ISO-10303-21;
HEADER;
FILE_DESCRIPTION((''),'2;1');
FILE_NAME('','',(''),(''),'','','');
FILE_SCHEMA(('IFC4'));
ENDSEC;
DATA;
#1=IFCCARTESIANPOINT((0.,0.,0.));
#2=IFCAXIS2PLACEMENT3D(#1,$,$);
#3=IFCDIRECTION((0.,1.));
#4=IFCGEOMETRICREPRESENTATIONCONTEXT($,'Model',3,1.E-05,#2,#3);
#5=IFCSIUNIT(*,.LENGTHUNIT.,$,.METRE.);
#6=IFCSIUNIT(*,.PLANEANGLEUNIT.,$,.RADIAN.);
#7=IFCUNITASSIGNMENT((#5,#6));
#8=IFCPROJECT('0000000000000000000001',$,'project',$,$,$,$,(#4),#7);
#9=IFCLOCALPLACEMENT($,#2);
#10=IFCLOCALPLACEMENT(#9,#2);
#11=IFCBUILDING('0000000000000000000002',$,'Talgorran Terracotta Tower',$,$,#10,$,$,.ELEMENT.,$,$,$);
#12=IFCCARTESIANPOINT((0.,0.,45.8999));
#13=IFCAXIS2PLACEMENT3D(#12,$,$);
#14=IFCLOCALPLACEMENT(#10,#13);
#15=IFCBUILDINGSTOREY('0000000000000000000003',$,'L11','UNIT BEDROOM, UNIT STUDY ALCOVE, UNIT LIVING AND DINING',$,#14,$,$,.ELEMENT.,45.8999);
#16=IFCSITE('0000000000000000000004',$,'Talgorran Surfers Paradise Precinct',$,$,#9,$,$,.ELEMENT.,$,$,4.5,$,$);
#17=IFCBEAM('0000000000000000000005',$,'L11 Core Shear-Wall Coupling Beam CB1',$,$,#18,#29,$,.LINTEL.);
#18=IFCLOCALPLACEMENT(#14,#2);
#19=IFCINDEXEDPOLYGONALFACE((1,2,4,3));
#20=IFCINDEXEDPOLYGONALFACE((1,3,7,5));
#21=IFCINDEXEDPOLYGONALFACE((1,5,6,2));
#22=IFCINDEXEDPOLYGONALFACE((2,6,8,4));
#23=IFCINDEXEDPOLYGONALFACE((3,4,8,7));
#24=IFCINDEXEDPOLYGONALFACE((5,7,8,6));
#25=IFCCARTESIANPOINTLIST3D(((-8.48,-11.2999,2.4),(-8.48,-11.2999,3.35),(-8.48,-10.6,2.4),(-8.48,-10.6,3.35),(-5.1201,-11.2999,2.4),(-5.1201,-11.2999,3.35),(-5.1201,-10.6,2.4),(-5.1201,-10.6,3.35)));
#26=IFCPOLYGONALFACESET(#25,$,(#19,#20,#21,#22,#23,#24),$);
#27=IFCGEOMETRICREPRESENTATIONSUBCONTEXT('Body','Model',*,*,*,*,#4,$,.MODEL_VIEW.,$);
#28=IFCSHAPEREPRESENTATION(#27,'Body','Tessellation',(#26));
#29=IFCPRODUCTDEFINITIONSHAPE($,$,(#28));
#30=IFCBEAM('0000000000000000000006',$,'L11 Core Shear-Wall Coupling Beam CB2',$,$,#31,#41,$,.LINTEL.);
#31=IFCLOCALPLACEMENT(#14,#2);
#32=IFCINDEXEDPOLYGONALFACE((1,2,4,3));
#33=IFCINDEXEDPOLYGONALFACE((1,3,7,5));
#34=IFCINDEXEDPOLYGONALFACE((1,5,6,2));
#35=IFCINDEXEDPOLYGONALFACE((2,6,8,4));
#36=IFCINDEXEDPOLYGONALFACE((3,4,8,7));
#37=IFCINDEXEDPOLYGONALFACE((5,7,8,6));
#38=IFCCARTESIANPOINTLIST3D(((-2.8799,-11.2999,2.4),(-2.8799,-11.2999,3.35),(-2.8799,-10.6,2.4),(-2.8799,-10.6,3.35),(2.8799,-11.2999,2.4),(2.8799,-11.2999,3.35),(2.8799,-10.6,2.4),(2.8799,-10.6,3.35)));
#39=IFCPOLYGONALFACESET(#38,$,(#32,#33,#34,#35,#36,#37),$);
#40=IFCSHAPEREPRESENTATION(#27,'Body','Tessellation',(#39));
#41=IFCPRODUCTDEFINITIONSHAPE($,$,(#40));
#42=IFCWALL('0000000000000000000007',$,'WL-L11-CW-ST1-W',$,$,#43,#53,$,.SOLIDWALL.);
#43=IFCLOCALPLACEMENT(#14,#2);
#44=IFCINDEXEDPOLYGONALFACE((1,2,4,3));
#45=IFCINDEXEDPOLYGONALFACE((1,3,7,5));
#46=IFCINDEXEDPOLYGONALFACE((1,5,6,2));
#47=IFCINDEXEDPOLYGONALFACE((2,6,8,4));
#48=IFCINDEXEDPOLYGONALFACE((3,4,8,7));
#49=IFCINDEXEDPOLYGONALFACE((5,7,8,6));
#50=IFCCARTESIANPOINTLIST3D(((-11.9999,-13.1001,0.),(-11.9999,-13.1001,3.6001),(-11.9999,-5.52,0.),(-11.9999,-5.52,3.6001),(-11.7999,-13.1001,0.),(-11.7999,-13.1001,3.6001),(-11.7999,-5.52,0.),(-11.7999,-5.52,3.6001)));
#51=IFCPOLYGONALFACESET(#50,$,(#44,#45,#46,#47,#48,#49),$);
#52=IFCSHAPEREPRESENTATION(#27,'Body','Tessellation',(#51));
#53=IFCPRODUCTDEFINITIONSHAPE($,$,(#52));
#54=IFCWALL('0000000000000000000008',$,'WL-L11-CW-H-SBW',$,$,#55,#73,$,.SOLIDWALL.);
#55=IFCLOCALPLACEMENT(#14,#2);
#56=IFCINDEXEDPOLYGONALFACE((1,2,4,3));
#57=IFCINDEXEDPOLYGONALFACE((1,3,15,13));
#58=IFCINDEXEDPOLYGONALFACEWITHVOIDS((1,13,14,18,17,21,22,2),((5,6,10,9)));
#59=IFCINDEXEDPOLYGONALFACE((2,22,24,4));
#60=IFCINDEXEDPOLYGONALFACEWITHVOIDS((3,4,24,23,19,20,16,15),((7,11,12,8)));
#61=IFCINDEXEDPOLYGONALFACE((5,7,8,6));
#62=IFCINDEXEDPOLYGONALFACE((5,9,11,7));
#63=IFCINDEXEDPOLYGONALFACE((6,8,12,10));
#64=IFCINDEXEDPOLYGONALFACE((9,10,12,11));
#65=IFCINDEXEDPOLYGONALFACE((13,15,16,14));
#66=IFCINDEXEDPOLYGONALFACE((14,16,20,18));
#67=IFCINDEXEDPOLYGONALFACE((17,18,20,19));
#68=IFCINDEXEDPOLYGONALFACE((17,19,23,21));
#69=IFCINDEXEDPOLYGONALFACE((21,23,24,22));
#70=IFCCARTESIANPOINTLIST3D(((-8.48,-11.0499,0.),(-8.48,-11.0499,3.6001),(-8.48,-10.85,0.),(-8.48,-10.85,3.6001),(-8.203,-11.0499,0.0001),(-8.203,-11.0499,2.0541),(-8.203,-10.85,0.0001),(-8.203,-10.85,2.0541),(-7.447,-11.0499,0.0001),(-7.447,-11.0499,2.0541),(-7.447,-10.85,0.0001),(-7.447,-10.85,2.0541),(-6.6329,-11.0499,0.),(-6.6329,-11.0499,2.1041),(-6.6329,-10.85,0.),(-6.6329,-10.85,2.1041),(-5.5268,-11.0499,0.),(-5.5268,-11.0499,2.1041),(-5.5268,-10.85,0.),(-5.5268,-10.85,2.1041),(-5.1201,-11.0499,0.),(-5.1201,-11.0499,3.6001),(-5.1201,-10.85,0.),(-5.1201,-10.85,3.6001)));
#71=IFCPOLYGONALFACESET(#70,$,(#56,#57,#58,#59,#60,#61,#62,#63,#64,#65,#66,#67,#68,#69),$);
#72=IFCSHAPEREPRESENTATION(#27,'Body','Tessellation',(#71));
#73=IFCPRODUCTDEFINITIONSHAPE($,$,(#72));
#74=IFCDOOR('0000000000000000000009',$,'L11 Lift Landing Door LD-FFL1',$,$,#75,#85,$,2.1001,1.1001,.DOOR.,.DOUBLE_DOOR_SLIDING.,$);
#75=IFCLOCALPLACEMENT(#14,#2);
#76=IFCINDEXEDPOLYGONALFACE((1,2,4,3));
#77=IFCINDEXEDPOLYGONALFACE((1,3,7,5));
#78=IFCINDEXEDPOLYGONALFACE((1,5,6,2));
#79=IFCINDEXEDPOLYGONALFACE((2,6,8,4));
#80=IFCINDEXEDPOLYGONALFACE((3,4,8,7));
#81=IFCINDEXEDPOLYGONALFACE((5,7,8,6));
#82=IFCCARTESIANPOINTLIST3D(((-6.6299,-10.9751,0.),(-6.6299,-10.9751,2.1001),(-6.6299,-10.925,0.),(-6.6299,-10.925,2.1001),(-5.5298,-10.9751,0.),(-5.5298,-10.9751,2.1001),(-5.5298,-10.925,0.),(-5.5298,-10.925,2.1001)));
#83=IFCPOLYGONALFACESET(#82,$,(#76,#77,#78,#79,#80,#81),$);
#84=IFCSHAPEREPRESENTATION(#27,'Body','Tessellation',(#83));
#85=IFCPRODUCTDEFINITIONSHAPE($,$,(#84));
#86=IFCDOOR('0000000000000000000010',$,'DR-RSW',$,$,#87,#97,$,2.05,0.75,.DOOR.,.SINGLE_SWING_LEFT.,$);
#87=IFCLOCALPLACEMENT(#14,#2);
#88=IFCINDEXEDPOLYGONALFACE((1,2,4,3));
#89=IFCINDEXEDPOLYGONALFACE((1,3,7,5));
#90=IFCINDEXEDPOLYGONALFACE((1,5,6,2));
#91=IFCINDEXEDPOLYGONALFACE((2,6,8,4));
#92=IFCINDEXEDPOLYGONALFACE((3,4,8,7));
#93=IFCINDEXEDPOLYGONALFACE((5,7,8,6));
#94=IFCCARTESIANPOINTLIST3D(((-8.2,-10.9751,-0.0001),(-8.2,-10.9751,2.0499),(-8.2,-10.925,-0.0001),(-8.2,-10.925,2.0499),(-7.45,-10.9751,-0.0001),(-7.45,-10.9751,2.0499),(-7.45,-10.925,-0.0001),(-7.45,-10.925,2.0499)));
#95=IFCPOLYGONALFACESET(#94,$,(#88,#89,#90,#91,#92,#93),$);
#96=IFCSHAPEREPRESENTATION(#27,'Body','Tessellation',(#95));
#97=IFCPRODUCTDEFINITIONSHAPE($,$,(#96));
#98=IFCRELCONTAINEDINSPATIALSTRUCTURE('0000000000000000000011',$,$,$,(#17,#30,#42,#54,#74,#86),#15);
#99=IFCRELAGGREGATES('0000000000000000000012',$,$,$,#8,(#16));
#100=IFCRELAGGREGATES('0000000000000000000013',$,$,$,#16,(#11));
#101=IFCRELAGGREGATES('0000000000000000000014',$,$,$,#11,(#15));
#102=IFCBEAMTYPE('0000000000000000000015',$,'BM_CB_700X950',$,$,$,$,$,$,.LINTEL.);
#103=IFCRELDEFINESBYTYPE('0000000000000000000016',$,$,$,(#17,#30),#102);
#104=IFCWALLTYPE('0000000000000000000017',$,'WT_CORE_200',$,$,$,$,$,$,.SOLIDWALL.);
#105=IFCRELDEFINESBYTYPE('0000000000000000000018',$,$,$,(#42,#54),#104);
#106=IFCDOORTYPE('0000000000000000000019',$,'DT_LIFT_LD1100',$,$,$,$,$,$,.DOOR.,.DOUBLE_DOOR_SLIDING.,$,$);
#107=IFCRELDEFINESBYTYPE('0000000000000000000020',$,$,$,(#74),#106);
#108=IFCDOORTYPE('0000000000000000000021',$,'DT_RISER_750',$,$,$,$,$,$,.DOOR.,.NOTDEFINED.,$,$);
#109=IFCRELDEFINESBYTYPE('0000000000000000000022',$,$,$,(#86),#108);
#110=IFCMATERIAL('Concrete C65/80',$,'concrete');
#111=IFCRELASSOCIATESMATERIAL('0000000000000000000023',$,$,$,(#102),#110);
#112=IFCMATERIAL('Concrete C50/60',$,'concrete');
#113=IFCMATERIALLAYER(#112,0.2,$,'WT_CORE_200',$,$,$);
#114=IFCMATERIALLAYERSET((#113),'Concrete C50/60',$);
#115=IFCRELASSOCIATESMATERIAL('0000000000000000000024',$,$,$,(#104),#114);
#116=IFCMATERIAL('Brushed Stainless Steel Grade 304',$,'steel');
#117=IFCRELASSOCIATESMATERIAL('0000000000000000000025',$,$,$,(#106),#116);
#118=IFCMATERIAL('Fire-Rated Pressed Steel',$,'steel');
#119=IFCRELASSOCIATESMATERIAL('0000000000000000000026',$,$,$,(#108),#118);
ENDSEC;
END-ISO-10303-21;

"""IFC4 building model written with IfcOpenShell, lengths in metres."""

from ifc_helpers import new_model, si_unit, direction, frame, frame_2d, origin, origin_2d, place, context, subcontext, project, spatial, rectangle, extrude, material, layer, layer_set, material_profile, profile_set, type_object, element, fill, save


model = new_model("IFC4")

# Units and contexts
model_context = context("Model", 3, precision=1e-05, world=origin(), true_north=direction((0.0, 1.0)))
body_context = subcontext(model_context, "Body", "Model", "MODEL_VIEW")
ifc_project = project(units=[si_unit("LENGTHUNIT", "METRE"), si_unit("PLANEANGLEUNIT", "RADIAN")], contexts=[model_context])

# Site, building, storey
site_placement = place(None, origin())
site = spatial("IfcSite", under=ifc_project, at=site_placement, Name="Talgorran Surfers Paradise Precinct", CompositionType="ELEMENT", RefElevation=4.5)
building_placement = place(site_placement, origin())
building = spatial("IfcBuilding", under=site, at=building_placement, Name="Talgorran Terracotta Tower", CompositionType="ELEMENT")
storey_placement = place(building_placement, frame((0.0, 0.0, 45.8999)))
storey = spatial("IfcBuildingStorey", under=building, at=storey_placement, Name="L11", Description="UNIT BEDROOM, UNIT STUDY ALCOVE, UNIT LIVING AND DINING", CompositionType="ELEMENT", Elevation=45.8999)

# Beams
ifc_material_1 = material(Name="Concrete C65/80", Category="concrete")
ifc_material_profile = material_profile(ifc_material_1, rectangle(XDim=0.7, YDim=0.95, at=origin_2d()), Name="RCCB700X950")
ifc_profile_set = profile_set([ifc_material_profile], Name="Concrete C65/80")
beam_type = type_object("IfcBeamType", Name="BM_CB_700X950", PredefinedType="LINTEL", material=ifc_profile_set)
beam_1_placement = place(storey_placement, frame((-8.48, -10.95, 2.875), z_axis=(1.0, 0.0, 0.0), x_axis=(0.0, 1.0, 0.0)))
element("IfcBeam", 1, at=beam_1_placement, inside=storey, type_object=beam_type, Name="L11 Core Shear-Wall Coupling Beam CB1", PredefinedType="LINTEL", context=body_context, shape_type="SweptSolid", body=[
    extrude(rectangle(XDim=0.7, YDim=0.95, at=origin_2d()), origin(), (0.0, 0.0, 1.0), 3.3599),
])
beam_2_placement = place(storey_placement, frame((-2.8799, -10.95, 2.875), z_axis=(1.0, 0.0, 0.0), x_axis=(0.0, 1.0, 0.0)))
element("IfcBeam", 2, at=beam_2_placement, inside=storey, type_object=beam_type, Name="L11 Core Shear-Wall Coupling Beam CB2", PredefinedType="LINTEL", context=body_context, shape_type="SweptSolid", body=[
    extrude(rectangle(XDim=0.7, YDim=0.95, at=origin_2d()), origin(), (0.0, 0.0, 1.0), 5.7598),
])

# Wall
ifc_material_2 = material(Name="Concrete C50/60", Category="concrete")
ifc_layer_1 = layer(ifc_material_2, 0.2, Name="WT_CORE_200")
ifc_layer_set_1 = layer_set([ifc_layer_1], Name="Concrete C50/60")
wall_type_1 = type_object("IfcWallType", Name="WT_CORE_200", PredefinedType="SOLIDWALL", material=ifc_layer_set_1)
wall_1_placement = place(storey_placement, frame((-11.8999, -13.1001, 0.0), z_axis=(0.0, 0.0, 1.0), x_axis=(0.0, 1.0, 0.0)))
element("IfcWall", 3, at=wall_1_placement, inside=storey, type_object=wall_type_1, Name="WL-L11-CW-ST1-W", PredefinedType="SOLIDWALL", context=body_context, shape_type="SweptSolid", body=[
    extrude(rectangle(XDim=7.5801, YDim=0.2, at=frame_2d((3.79, 0.0))), origin(), (0.0, 0.0, 1.0), 3.6001),
])

# Wall, openings, doors
wall_2_placement = place(storey_placement, frame((-8.48, -10.95, 0.0), z_axis=(0.0, 0.0, 1.0), x_axis=(1.0, 0.0, 0.0)))
wall_2 = element("IfcWall", 4, at=wall_2_placement, inside=storey, type_object=wall_type_1, Name="WL-L11-CW-H-SBW", PredefinedType="SOLIDWALL", context=body_context, shape_type="SweptSolid", body=[
    extrude(rectangle(XDim=3.3599, YDim=0.2, at=frame_2d((1.6799, 0.0))), origin(), (0.0, 0.0, 1.0), 3.6001),
])
opening_1_placement = place(wall_2_placement, frame((0.28, 0.0, 0.0)))
opening_1 = element("IfcOpeningElement", 5, at=opening_1_placement, cuts=wall_2, PredefinedType="OPENING", context=body_context, shape_type="SweptSolid", body=[
    extrude(rectangle(XDim=0.756, YDim=2.054, at=frame_2d((0.375, 1.0271))), frame((0.0, 0.1099, 0.0), z_axis=(0.0, -1.0, 0.0), x_axis=(1.0, 0.0, 0.0)), (0.0, 0.0, 1.0), 0.22),
])
opening_2_placement = place(wall_2_placement, frame((1.8501, 0.0, 0.0)))
opening_2 = element("IfcOpeningElement", 6, at=opening_2_placement, cuts=wall_2, PredefinedType="OPENING", context=body_context, shape_type="SweptSolid", body=[
    extrude(rectangle(XDim=1.1061, YDim=2.1041, at=frame_2d((0.55, 1.052))), frame((0.0, 0.1099, 0.0), z_axis=(0.0, -1.0, 0.0), x_axis=(1.0, 0.0, 0.0)), (0.0, 0.0, 1.0), 0.22),
])
ifc_material_3 = material(Name="Brushed Stainless Steel Grade 304", Category="steel")
door_type_1 = type_object("IfcDoorType", Name="DT_LIFT_LD1100", OperationType="DOUBLE_DOOR_SLIDING", PredefinedType="DOOR", material=ifc_material_3)
door_1_placement = place(opening_2_placement, origin())
door_1 = element("IfcDoor", 7, at=door_1_placement, inside=storey, type_object=door_type_1, Name="L11 Lift Landing Door LD-FFL1", OperationType="DOUBLE_DOOR_SLIDING", OverallHeight=2.1001, OverallWidth=1.1001, PredefinedType="DOOR", context=body_context, shape_type="SweptSolid", body=[
    extrude(rectangle(XDim=1.1001, YDim=2.1001, at=frame_2d((0.55, 1.05))), frame((0.0, 0.0249, 0.0), z_axis=(0.0, -1.0, 0.0), x_axis=(1.0, 0.0, 0.0)), (0.0, 0.0, 1.0), 0.05),
])
fill(opening_2, door_1)
ifc_material_4 = material(Name="Fire-Rated Pressed Steel", Category="steel")
door_type_2 = type_object("IfcDoorType", Name="DT_RISER_750", OperationType="NOTDEFINED", PredefinedType="DOOR", material=ifc_material_4)
door_2_placement = place(opening_1_placement, origin())
door_2 = element("IfcDoor", 8, at=door_2_placement, inside=storey, type_object=door_type_2, Name="DR-RSW", OperationType="SINGLE_SWING_LEFT", OverallHeight=2.05, OverallWidth=0.75, PredefinedType="DOOR", context=body_context, shape_type="SweptSolid", body=[
    extrude(rectangle(XDim=0.75, YDim=2.05, at=frame_2d((0.375, 1.0249))), frame((0.0, 0.0249, 0.0), z_axis=(0.0, -1.0, 0.0), x_axis=(1.0, 0.0, 0.0)), (0.0, 0.0, 1.0), 0.05),
])
fill(opening_1, door_2)

save(model, "model.ifc")
